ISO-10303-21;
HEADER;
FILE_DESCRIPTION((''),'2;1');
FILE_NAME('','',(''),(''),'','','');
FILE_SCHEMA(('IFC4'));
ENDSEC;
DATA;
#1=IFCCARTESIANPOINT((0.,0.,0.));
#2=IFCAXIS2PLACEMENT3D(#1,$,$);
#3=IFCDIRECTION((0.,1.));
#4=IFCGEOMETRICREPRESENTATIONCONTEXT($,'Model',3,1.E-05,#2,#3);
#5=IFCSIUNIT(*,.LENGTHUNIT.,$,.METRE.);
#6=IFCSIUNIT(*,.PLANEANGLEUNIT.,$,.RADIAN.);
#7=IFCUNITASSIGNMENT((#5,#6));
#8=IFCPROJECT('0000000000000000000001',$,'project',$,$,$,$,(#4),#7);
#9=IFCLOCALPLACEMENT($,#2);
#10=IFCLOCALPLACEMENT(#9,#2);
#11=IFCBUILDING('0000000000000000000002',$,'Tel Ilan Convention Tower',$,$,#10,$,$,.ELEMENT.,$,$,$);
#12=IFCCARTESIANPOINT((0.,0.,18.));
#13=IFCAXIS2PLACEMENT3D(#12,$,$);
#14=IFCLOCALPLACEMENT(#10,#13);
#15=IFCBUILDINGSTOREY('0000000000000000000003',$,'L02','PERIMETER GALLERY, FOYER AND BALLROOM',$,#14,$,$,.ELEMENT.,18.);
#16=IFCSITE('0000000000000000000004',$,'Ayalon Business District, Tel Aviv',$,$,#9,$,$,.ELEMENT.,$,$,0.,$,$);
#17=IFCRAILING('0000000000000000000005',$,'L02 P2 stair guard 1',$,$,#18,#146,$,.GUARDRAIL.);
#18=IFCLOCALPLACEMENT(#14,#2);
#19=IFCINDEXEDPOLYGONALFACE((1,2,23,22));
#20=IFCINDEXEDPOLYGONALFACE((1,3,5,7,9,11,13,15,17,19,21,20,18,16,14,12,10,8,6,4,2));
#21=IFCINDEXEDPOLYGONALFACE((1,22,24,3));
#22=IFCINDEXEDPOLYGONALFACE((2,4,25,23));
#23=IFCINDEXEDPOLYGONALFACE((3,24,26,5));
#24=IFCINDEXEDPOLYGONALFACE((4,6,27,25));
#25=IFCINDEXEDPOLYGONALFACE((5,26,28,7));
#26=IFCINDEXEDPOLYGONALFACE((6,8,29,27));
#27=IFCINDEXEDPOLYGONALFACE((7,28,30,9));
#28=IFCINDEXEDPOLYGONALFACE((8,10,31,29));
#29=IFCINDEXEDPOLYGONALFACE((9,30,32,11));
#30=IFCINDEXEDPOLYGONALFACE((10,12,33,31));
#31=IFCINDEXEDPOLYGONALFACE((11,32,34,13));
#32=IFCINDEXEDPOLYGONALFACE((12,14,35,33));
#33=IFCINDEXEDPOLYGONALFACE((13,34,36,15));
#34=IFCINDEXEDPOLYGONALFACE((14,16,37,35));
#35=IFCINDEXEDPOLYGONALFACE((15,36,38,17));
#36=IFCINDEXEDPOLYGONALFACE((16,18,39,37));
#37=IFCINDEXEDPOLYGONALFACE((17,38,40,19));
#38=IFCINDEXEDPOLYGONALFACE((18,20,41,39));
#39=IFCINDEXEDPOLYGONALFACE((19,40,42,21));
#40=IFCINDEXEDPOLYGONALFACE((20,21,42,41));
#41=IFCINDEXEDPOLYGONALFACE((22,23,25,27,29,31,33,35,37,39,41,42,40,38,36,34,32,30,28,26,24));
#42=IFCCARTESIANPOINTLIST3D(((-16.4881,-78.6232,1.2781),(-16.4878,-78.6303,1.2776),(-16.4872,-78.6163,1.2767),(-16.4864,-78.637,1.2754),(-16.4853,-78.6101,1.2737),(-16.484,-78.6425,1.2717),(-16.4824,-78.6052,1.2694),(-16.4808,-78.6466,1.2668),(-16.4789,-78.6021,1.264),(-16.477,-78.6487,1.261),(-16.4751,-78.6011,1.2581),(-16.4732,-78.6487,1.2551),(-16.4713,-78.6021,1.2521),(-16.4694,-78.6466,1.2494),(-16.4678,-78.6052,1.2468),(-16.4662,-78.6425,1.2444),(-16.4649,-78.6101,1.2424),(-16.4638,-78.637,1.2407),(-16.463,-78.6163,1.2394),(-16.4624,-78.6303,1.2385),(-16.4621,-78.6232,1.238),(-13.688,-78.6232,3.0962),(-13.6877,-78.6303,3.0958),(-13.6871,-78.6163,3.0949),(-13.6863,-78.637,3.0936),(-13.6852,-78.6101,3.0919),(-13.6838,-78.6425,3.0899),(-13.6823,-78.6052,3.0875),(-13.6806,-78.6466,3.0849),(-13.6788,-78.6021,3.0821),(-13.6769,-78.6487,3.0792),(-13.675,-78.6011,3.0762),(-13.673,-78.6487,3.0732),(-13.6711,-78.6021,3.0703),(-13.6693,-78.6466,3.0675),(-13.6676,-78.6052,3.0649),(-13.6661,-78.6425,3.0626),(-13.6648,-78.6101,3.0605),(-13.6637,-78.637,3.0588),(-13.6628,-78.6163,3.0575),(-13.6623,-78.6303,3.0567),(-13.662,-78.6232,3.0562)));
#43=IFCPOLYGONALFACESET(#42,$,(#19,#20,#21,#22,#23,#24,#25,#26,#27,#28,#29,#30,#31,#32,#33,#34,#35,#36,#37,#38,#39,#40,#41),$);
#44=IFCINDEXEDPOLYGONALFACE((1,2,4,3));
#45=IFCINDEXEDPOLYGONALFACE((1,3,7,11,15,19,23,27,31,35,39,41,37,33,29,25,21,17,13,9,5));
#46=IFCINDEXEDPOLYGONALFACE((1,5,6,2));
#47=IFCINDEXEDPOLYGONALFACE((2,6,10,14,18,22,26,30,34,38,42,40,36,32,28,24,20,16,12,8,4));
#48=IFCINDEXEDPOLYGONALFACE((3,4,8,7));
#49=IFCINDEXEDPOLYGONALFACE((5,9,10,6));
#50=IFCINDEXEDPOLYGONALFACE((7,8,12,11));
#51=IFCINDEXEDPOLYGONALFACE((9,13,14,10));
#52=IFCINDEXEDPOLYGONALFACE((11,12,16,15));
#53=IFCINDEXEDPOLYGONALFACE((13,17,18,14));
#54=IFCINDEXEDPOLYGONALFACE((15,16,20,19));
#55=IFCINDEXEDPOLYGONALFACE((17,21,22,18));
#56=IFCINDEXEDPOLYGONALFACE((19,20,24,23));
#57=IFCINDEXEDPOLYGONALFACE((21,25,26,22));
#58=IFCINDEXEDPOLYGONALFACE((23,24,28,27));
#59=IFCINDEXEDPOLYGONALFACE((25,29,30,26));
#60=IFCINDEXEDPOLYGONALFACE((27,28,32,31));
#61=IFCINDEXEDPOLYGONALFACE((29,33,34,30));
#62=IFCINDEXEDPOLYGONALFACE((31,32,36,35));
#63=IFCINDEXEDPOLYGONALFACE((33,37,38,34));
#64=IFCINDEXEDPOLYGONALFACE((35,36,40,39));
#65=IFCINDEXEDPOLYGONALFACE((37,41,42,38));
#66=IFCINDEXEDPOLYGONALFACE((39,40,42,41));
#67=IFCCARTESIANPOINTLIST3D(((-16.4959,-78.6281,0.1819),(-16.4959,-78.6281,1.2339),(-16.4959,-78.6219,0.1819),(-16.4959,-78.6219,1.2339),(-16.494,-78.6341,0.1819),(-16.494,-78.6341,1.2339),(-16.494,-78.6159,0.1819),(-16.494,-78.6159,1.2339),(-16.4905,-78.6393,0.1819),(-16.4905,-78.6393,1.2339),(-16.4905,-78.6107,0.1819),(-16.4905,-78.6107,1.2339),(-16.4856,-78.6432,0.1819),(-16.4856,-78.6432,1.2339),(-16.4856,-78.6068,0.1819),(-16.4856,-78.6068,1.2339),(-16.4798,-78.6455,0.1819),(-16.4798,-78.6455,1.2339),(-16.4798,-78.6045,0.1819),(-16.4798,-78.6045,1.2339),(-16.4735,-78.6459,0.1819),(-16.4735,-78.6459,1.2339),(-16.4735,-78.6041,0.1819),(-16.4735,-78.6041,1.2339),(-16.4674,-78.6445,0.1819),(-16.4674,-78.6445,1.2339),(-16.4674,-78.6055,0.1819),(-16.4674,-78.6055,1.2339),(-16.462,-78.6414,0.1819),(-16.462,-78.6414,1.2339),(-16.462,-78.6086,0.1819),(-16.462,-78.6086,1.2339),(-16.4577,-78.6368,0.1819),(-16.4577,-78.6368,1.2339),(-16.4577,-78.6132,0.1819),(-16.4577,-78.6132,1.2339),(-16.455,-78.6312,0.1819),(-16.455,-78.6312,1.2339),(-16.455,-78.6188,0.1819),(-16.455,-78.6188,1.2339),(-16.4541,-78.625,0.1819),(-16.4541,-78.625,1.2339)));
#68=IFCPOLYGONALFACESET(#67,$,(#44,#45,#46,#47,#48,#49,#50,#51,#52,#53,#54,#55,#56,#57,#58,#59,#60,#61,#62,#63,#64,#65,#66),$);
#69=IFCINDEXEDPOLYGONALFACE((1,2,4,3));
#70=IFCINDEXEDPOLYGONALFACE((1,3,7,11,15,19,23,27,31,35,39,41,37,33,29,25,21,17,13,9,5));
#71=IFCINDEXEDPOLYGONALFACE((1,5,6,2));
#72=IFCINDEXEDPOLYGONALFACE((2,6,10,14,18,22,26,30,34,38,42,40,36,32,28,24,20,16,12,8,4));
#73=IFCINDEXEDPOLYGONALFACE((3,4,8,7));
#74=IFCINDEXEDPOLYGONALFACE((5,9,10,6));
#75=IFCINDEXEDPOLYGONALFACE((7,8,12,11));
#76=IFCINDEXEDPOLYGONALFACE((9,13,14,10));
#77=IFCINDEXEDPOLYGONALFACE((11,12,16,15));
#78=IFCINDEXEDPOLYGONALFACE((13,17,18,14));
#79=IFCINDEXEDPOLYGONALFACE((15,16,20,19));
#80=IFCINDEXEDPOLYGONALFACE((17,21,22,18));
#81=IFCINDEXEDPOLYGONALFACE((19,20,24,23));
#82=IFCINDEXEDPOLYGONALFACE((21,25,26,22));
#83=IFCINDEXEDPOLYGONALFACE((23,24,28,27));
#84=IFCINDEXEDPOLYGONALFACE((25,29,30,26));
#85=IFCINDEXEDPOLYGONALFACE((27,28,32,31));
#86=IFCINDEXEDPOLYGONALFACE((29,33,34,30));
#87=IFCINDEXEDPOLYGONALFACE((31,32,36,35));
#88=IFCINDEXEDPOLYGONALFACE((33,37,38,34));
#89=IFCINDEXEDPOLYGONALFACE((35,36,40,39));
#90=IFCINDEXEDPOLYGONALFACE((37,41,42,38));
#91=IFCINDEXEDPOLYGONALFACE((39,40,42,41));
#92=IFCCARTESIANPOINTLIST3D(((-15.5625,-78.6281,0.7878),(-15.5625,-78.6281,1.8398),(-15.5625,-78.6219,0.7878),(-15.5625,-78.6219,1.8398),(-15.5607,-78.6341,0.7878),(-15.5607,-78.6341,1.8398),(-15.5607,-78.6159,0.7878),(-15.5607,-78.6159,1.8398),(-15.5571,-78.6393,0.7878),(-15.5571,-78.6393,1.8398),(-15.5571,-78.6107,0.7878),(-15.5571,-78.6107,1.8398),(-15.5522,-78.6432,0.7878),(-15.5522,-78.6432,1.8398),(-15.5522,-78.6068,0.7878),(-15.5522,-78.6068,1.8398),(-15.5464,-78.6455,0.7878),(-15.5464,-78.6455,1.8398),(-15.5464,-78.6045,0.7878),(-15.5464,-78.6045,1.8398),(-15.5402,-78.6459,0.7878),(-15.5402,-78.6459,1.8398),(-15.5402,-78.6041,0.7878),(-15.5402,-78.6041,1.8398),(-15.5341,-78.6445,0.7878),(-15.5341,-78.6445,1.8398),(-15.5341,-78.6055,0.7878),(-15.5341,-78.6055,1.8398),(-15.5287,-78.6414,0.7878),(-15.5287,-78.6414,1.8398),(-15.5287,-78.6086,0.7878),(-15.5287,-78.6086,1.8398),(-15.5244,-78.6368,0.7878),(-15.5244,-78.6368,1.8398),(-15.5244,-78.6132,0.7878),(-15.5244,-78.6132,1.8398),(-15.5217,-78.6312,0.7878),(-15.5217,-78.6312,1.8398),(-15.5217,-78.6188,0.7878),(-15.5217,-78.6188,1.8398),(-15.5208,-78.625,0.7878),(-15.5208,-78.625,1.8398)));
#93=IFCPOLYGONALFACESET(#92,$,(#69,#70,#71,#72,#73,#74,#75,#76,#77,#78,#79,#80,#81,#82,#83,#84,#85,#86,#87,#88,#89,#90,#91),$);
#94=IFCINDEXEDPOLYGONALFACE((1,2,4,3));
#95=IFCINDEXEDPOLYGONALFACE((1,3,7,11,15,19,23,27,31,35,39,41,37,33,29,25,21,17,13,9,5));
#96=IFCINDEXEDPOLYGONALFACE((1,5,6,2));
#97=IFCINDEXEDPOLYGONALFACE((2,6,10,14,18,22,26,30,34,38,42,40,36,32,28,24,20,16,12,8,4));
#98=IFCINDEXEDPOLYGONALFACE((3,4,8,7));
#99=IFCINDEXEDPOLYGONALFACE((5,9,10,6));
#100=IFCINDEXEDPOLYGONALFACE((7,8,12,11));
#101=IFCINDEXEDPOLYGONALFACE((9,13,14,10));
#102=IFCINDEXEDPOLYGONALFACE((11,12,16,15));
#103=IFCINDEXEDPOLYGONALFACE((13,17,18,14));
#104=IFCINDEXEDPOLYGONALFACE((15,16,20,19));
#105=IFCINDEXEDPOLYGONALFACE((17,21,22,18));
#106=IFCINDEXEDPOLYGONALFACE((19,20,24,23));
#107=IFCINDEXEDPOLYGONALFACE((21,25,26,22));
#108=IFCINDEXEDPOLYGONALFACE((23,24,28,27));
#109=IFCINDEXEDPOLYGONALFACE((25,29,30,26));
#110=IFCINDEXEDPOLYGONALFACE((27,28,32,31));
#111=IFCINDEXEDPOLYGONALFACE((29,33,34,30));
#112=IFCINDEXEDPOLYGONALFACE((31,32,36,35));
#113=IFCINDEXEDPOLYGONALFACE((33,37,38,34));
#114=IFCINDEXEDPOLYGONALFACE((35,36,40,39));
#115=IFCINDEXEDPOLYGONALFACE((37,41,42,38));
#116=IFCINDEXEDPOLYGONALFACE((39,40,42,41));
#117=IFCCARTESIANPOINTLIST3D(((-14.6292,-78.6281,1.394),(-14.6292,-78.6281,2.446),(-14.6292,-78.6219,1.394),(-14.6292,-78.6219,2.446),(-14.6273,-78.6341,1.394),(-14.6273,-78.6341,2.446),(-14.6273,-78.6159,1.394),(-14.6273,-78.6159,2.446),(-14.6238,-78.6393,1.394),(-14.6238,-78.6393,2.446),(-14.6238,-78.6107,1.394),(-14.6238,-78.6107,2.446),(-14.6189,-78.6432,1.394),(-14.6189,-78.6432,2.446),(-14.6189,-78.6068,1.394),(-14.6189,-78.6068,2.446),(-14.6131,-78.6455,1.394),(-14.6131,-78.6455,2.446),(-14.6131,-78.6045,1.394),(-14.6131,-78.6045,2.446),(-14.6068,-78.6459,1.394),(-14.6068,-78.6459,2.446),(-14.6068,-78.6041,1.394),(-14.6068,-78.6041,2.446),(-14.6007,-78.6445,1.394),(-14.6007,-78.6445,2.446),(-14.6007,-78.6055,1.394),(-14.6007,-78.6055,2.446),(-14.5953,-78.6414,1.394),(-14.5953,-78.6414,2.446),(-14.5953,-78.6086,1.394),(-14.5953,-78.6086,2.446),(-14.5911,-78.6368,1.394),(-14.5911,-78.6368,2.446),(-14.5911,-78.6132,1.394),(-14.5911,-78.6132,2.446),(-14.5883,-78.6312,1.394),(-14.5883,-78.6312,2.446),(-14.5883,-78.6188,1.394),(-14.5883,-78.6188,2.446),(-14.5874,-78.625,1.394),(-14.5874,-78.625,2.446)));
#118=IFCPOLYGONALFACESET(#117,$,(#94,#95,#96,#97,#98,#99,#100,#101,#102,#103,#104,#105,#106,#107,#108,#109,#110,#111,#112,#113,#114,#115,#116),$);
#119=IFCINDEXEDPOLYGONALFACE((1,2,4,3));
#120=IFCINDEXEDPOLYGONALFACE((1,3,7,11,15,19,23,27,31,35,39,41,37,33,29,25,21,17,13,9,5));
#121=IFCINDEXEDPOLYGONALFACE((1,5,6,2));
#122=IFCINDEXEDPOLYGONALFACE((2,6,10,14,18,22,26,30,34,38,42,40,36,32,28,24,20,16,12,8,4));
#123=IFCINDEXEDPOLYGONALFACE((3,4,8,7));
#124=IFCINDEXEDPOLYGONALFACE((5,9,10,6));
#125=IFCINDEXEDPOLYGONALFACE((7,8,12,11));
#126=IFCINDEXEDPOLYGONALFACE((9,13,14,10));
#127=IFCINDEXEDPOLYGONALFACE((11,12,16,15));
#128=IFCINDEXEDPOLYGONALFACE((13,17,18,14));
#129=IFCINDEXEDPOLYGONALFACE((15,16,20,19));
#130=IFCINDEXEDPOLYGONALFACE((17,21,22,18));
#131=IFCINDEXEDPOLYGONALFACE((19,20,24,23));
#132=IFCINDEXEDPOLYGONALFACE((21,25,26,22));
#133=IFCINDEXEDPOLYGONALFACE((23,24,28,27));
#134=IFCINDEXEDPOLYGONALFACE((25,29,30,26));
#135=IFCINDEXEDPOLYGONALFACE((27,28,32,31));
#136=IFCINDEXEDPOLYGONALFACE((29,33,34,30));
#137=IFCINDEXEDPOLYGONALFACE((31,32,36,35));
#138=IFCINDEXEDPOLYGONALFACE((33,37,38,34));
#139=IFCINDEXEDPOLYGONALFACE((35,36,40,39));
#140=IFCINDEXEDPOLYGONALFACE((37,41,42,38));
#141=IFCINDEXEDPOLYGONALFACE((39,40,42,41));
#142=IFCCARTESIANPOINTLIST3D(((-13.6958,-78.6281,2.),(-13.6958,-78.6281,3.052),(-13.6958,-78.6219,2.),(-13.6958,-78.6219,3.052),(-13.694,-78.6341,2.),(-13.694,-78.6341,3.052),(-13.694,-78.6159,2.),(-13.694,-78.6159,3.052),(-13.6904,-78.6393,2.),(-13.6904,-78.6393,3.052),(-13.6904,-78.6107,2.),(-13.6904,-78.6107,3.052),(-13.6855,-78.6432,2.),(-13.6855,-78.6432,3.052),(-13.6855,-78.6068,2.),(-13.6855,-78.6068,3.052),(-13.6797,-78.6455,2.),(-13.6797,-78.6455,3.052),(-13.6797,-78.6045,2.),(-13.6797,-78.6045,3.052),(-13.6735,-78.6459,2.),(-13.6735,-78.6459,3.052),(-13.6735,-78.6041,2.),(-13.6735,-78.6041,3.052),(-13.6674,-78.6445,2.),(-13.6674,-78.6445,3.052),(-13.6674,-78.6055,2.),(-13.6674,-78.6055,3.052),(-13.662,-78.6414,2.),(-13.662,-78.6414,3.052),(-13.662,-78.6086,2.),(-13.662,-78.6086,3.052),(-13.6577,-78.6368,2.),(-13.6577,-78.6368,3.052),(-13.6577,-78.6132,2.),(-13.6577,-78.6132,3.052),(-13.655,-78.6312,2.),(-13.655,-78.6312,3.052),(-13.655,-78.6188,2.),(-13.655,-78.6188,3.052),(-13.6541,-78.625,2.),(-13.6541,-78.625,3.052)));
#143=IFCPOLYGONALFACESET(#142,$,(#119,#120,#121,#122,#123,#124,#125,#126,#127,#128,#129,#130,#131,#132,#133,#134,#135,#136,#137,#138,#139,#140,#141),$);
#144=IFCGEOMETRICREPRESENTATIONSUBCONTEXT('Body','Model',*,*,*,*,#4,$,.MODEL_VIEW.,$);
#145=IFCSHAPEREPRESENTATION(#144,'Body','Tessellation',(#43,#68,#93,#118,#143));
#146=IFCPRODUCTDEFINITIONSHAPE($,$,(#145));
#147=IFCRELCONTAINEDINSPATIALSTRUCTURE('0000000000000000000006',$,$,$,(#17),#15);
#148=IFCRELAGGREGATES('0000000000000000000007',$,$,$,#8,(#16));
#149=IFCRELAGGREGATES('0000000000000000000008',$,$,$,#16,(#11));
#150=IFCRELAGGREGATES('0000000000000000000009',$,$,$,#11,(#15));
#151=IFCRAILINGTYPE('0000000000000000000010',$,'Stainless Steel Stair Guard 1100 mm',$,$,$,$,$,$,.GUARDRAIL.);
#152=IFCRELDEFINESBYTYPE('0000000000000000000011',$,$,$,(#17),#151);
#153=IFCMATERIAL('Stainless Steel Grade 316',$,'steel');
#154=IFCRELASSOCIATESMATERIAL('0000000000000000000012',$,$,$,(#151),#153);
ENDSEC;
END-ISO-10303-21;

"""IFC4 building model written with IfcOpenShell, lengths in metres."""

from ifc_helpers import new_model, si_unit, direction, frame, origin, origin_2d, place, context, subcontext, project, spatial, circle, extrude, material, type_object, element, save


model = new_model("IFC4")

# Units and contexts
model_context = context("Model", 3, precision=1e-05, world=origin(), true_north=direction((0.0, 1.0)))
body_context = subcontext(model_context, "Body", "Model", "MODEL_VIEW")
ifc_project = project(units=[si_unit("LENGTHUNIT", "METRE"), si_unit("PLANEANGLEUNIT", "RADIAN")], contexts=[model_context])

# Site, building, storey
site_placement = place(None, origin())
site = spatial("IfcSite", under=ifc_project, at=site_placement, Name="Ayalon Business District, Tel Aviv", CompositionType="ELEMENT", RefElevation=0.0)
building_placement = place(site_placement, origin())
building = spatial("IfcBuilding", under=site, at=building_placement, Name="Tel Ilan Convention Tower", CompositionType="ELEMENT")
storey_placement = place(building_placement, frame((0.0, 0.0, 18.0)))
storey = spatial("IfcBuildingStorey", under=building, at=storey_placement, Name="L02", Description="PERIMETER GALLERY, FOYER AND BALLROOM", CompositionType="ELEMENT", Elevation=18.0)

# Railing
ifc_material_1 = material(Name="Stainless Steel Grade 316", Category="steel")
railing_type_1 = type_object("IfcRailingType", Name="Stainless Steel Stair Guard 1100 mm", PredefinedType="GUARDRAIL", material=ifc_material_1)
railing_1_placement = place(storey_placement, frame((-16.4751, -78.625, 0.1819)))
element("IfcRailing", 1, at=railing_1_placement, inside=storey, type_object=railing_type_1, Name="L02 P2 stair guard 1", PredefinedType="GUARDRAIL", context=body_context, shape_type="SweptSolid", body=[
    extrude(circle(Radius=0.0239, at=origin_2d()), frame((0.0, 0.0, 1.0762), z_axis=(0.838706, 0.0, 0.544585), x_axis=(0.0, 1.0, 0.0)), (0.0, 0.0, 1.0), 3.3386),
    extrude(circle(Radius=0.021, at=origin_2d()), origin(), (0.0, 0.0, 1.0), 1.052),
    extrude(circle(Radius=0.021, at=origin_2d()), frame((0.9333, 0.0, 0.606)), (0.0, 0.0, 1.0), 1.052),
    extrude(circle(Radius=0.021, at=origin_2d()), frame((1.8667, 0.0, 1.2122)), (0.0, 0.0, 1.0), 1.052),
    extrude(circle(Radius=0.021, at=origin_2d()), frame((2.8, 0.0, 1.8181)), (0.0, 0.0, 1.0), 1.052),
])

save(model, "model.ifc")
